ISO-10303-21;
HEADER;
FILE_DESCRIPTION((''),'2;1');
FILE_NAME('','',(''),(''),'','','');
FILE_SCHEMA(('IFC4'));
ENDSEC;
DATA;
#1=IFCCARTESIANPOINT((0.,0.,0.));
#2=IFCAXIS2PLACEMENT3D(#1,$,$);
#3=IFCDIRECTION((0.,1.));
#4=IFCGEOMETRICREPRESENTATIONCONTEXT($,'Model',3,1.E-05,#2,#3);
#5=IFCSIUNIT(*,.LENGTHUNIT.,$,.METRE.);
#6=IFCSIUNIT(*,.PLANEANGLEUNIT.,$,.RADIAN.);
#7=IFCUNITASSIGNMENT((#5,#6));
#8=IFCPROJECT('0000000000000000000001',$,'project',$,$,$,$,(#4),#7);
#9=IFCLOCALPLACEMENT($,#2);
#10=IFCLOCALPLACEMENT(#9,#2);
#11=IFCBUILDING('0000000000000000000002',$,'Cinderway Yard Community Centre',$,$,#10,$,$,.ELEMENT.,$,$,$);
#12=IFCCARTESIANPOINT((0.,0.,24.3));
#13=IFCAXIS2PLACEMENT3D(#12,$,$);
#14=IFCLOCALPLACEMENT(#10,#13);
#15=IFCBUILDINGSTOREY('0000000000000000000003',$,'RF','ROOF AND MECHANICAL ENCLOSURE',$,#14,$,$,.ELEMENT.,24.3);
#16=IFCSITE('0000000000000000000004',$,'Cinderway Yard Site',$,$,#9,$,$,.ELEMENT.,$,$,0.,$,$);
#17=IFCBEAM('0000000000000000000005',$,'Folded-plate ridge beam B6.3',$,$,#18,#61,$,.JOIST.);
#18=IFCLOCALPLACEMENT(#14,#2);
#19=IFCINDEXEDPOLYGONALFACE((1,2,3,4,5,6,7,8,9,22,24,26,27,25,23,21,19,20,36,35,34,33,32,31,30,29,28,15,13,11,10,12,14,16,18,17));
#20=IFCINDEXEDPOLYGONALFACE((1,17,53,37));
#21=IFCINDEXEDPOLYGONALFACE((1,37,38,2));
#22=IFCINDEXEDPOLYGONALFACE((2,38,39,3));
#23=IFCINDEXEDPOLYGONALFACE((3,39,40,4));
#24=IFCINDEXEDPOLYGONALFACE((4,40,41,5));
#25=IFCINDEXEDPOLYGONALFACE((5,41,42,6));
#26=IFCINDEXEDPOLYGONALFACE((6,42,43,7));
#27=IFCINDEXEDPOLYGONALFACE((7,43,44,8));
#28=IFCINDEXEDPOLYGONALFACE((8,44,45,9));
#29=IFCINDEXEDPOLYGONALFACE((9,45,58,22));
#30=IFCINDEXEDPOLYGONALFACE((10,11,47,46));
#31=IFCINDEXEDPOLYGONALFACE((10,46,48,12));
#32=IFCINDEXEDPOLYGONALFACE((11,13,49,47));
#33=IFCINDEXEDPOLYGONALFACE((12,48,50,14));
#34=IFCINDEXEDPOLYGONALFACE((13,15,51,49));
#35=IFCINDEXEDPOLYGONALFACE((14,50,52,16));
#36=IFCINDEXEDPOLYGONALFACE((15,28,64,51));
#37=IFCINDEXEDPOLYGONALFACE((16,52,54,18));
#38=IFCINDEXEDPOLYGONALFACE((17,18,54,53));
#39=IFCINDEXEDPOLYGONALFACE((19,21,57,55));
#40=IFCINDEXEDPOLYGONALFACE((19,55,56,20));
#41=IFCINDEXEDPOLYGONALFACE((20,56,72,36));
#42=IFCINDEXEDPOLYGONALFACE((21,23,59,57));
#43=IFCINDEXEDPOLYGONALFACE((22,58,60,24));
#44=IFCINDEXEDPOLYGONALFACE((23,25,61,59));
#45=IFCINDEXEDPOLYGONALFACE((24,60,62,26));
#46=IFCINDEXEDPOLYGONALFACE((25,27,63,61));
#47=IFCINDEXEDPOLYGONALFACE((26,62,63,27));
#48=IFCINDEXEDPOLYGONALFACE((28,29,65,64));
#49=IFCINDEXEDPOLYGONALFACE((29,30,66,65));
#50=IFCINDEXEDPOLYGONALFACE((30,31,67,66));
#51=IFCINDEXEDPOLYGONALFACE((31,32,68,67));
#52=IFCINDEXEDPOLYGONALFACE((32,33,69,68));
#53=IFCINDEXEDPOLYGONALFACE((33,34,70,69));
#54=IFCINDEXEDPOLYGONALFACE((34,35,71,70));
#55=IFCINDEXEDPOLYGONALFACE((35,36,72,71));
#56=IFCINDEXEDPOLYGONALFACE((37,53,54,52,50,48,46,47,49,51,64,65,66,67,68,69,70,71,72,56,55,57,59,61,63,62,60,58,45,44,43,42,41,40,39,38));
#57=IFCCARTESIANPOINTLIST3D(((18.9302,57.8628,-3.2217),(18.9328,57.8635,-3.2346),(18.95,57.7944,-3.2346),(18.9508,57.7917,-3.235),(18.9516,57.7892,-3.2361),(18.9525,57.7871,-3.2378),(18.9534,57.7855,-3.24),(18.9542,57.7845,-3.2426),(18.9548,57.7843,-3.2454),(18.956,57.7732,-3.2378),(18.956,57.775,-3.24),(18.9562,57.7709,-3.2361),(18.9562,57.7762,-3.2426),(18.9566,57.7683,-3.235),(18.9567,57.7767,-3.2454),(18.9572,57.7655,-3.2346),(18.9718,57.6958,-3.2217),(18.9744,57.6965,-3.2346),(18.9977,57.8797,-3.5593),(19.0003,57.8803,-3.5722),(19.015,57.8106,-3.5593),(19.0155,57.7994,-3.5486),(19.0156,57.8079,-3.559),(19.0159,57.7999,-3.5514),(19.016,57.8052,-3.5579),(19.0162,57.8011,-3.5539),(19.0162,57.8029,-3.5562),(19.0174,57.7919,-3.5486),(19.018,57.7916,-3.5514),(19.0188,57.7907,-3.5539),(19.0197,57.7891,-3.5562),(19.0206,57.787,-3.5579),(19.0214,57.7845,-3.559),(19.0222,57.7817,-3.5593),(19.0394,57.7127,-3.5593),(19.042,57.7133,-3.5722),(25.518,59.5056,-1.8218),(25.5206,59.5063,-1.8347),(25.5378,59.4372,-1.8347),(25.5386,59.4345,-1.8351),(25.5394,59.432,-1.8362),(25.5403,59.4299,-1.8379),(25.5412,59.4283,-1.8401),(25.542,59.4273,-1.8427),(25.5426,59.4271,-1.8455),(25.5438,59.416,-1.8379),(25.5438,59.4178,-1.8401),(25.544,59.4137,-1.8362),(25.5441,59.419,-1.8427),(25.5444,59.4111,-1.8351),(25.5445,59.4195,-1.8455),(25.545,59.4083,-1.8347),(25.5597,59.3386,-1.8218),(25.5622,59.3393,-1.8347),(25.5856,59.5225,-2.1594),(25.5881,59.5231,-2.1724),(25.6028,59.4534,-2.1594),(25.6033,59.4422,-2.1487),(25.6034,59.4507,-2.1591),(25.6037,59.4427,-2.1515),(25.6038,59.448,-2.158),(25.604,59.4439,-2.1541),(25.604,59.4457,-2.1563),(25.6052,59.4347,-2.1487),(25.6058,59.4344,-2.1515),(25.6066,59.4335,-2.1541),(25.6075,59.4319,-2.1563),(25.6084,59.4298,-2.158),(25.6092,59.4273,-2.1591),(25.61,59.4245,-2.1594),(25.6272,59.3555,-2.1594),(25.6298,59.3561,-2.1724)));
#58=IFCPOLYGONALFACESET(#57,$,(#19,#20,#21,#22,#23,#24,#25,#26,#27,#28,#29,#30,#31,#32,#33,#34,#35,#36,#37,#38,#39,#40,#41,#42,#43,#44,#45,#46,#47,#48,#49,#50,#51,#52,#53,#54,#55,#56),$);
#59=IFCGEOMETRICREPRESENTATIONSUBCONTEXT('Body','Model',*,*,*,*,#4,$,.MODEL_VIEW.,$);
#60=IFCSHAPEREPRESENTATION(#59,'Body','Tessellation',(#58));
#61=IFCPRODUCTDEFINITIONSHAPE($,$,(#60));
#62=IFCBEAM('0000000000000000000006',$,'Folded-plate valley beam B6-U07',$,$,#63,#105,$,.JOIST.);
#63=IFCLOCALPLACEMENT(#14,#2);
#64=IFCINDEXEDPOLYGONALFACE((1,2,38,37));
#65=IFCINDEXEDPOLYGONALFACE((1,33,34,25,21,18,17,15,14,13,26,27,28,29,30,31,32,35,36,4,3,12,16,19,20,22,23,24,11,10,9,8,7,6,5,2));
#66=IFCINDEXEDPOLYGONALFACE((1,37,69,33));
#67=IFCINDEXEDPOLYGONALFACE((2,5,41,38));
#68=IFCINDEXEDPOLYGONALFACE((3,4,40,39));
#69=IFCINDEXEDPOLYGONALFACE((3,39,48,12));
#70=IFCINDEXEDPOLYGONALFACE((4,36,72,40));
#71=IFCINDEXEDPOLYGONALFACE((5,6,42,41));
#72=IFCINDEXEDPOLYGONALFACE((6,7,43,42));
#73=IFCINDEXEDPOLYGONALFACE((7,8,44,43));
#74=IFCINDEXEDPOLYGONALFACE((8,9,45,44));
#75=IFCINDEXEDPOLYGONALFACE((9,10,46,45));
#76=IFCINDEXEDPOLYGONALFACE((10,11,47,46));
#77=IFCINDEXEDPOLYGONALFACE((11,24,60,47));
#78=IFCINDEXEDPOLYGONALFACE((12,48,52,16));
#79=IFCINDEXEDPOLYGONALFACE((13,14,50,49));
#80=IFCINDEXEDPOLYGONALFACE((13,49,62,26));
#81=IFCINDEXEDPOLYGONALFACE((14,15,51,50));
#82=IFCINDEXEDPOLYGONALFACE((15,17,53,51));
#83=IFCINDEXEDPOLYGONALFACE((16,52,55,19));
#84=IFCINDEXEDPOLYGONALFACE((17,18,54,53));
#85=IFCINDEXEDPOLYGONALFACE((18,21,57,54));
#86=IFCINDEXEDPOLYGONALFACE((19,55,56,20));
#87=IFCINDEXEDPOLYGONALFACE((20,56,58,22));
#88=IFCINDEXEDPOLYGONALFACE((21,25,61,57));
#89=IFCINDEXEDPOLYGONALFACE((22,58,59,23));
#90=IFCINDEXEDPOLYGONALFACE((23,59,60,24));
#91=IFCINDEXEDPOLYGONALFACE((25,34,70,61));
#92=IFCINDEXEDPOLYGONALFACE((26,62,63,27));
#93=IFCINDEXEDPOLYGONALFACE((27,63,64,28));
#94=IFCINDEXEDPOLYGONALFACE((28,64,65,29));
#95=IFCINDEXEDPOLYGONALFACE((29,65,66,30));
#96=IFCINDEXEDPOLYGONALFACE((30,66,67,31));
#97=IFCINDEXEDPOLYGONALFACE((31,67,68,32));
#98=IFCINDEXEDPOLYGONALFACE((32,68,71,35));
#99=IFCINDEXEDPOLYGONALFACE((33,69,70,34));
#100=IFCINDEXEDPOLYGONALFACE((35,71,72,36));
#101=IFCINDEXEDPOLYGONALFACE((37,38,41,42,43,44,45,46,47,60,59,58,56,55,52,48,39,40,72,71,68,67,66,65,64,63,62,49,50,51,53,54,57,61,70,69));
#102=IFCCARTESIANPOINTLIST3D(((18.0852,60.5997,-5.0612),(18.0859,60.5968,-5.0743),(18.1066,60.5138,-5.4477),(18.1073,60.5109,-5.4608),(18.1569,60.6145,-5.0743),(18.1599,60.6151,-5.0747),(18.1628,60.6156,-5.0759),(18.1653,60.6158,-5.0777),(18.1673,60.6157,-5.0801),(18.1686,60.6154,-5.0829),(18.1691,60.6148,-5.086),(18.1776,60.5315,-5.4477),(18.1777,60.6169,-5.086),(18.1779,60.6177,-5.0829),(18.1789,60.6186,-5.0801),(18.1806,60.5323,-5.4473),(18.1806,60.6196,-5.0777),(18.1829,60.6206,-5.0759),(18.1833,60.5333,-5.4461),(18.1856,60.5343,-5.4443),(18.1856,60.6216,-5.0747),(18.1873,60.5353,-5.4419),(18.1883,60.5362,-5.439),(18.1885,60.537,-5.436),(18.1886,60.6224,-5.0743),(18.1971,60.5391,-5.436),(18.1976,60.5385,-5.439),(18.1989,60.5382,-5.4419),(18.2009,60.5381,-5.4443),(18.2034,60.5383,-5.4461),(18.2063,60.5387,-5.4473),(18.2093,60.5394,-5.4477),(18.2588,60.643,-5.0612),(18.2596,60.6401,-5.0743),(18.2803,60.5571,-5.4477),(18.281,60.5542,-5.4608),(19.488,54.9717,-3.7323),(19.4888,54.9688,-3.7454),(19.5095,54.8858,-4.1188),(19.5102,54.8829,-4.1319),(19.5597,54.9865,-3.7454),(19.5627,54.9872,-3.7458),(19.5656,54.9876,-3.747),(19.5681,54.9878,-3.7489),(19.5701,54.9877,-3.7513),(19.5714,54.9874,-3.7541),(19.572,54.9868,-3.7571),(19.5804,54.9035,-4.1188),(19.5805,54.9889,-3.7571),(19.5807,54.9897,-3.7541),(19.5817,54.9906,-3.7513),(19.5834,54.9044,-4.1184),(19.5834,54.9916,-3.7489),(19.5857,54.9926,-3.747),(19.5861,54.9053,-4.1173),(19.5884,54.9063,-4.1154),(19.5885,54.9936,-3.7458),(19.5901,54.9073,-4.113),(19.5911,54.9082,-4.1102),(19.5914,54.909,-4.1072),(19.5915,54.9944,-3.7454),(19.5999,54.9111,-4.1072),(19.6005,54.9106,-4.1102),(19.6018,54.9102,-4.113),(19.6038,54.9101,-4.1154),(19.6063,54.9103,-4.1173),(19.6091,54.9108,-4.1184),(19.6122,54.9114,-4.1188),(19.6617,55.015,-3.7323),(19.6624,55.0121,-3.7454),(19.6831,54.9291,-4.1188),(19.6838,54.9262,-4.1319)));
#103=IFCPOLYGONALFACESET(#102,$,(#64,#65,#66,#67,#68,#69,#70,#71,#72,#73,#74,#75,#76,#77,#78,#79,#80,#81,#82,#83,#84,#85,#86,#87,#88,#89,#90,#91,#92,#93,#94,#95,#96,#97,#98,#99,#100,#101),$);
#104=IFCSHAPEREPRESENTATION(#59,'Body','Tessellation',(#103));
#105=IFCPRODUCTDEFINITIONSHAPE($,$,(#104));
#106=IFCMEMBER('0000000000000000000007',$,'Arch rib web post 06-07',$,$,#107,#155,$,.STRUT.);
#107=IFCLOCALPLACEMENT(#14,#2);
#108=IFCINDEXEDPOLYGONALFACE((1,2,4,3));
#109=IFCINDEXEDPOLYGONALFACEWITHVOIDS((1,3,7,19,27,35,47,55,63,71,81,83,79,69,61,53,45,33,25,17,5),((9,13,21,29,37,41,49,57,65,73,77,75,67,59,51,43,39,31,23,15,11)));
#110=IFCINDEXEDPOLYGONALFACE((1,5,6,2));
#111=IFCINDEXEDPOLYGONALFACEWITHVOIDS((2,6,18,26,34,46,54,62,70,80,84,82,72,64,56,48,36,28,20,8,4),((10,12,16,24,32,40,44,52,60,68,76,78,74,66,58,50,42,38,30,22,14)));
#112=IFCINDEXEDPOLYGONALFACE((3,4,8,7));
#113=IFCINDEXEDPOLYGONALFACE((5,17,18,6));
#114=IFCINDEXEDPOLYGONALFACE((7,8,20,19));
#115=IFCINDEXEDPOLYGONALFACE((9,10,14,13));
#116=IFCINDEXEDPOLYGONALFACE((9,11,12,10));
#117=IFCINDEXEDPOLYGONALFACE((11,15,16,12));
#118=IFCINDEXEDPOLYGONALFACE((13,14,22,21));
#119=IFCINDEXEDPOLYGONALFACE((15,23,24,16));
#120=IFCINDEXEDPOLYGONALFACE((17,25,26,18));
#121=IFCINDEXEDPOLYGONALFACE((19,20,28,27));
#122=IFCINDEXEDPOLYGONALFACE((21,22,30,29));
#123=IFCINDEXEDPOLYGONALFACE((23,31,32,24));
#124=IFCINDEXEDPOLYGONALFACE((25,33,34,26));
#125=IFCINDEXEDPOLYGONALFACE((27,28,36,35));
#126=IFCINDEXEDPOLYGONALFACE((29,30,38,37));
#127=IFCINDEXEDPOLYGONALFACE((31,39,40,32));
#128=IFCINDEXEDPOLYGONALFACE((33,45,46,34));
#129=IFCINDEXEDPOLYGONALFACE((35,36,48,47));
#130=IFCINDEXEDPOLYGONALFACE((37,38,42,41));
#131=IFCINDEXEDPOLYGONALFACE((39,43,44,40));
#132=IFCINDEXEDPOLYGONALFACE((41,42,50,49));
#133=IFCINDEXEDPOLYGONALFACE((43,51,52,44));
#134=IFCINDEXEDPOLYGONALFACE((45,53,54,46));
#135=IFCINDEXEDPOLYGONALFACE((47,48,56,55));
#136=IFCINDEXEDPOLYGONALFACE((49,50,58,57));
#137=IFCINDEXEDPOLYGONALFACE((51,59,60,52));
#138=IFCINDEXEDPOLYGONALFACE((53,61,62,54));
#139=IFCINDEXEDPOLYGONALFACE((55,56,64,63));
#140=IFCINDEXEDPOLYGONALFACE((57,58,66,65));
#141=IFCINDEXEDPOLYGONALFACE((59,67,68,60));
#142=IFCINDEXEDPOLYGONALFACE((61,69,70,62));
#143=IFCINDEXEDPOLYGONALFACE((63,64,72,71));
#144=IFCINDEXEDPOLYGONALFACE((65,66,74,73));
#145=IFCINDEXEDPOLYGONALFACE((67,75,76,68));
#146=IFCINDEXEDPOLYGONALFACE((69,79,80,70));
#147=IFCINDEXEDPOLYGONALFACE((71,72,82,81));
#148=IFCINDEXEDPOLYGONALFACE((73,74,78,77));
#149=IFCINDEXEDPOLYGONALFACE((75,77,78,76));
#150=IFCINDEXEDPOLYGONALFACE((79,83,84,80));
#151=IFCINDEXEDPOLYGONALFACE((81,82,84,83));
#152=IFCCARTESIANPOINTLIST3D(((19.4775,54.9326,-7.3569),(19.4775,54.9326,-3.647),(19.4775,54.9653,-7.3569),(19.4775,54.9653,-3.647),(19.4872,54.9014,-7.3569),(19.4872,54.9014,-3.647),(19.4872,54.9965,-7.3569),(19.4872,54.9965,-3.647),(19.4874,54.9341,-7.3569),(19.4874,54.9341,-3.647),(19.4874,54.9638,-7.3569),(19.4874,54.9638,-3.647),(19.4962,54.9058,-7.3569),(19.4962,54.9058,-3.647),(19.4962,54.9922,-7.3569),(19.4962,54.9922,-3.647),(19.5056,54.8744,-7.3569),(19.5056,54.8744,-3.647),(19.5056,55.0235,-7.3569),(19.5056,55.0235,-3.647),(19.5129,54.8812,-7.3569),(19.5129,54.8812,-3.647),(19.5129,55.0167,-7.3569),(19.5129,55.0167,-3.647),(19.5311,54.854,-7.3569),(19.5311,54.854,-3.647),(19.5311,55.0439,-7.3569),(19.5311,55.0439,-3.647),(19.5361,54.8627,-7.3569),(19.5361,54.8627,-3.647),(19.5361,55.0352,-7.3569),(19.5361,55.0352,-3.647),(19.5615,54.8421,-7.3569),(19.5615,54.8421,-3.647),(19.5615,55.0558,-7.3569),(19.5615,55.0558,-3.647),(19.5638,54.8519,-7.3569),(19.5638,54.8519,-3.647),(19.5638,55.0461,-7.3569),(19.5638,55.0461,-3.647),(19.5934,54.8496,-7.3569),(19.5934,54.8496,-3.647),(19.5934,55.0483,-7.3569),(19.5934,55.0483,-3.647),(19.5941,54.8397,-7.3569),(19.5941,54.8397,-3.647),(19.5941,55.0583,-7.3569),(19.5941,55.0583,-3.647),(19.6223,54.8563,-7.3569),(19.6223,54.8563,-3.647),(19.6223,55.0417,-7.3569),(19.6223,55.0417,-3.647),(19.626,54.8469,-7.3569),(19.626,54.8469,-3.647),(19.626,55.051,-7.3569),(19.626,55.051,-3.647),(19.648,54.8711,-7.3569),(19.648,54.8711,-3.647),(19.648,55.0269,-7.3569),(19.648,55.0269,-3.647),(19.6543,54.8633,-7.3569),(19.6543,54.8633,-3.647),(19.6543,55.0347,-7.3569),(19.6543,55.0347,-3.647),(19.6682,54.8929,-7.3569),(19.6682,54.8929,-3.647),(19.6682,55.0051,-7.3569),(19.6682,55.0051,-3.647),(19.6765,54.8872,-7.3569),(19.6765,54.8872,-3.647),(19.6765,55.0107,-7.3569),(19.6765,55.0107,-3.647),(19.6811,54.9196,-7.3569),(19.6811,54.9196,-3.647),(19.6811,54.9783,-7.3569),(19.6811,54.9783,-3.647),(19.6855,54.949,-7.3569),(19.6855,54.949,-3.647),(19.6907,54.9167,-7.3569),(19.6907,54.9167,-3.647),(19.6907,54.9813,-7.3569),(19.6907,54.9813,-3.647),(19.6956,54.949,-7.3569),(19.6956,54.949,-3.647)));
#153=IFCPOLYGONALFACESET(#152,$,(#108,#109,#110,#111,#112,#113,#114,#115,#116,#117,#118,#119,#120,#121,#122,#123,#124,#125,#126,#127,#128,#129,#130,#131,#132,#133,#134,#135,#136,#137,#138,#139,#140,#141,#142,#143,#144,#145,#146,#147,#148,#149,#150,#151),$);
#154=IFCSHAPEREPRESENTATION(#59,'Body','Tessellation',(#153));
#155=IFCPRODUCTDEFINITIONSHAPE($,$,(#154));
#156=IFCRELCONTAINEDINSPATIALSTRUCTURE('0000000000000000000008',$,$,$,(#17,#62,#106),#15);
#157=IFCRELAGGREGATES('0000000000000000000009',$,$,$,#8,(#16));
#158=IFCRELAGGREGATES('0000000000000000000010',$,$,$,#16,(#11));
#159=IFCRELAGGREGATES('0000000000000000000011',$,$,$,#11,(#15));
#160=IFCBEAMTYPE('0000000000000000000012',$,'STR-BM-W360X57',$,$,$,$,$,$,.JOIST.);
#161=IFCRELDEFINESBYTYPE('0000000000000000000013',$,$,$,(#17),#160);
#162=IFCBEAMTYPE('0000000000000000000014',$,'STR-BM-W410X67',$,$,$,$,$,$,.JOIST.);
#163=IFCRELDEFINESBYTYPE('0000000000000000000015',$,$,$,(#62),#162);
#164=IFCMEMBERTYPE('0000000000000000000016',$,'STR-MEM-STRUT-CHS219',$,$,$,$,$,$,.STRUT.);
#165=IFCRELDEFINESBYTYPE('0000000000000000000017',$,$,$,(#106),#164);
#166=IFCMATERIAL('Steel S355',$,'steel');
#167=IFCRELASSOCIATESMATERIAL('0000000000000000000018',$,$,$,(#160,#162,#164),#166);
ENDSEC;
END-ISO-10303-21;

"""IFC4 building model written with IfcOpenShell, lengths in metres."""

from ifc_helpers import new_model, si_unit, direction, frame, origin, origin_2d, place, context, subcontext, project, spatial, hollow_circle, i_section, extrude, material, material_profile, profile_set, type_object, element, save


model = new_model("IFC4")

# Units and contexts
model_context = context("Model", 3, precision=1e-05, world=origin(), true_north=direction((0.0, 1.0)))
body_context = subcontext(model_context, "Body", "Model", "MODEL_VIEW")
ifc_project = project(units=[si_unit("LENGTHUNIT", "METRE"), si_unit("PLANEANGLEUNIT", "RADIAN")], contexts=[model_context])

# Site, building, storey
site_placement = place(None, origin())
site = spatial("IfcSite", under=ifc_project, at=site_placement, Name="Cinderway Yard Site", CompositionType="ELEMENT", RefElevation=0.0)
building_placement = place(site_placement, origin())
building = spatial("IfcBuilding", under=site, at=building_placement, Name="Cinderway Yard Community Centre", CompositionType="ELEMENT")
storey_placement = place(building_placement, frame((0.0, 0.0, 24.3)))
storey = spatial("IfcBuildingStorey", under=building, at=storey_placement, Name="RF", Description="ROOF AND MECHANICAL ENCLOSURE", CompositionType="ELEMENT", Elevation=24.3)

# Beams
ifc_material_1 = material(Name="Steel S355", Category="steel")
ifc_material_profile_1 = material_profile(ifc_material_1, i_section(OverallWidth=0.1721, OverallDepth=0.3579, WebThickness=0.0078, FlangeThickness=0.0132, FilletRadius=0.011, at=origin_2d()), Name="Steel S355")
ifc_profile_set_1 = profile_set([ifc_material_profile_1], Name="Steel S355")
beam_type_1 = type_object("IfcBeamType", Name="STR-BM-W360X57", PredefinedType="JOIST", material=ifc_profile_set_1)
beam_1_placement = place(storey_placement, frame((18.9861, 57.7881, -3.397), z_axis=(0.950297, 0.236976, 0.201935), x_axis=(-0.24196, 0.970286, 0.0)))
element("IfcBeam", 1, at=beam_1_placement, inside=storey, type_object=beam_type_1, Name="Folded-plate ridge beam B6.3", PredefinedType="JOIST", context=body_context, shape_type="SweptSolid", body=[
    extrude(i_section(OverallWidth=0.1721, OverallDepth=0.3579, WebThickness=0.0078, FlangeThickness=0.0132, FilletRadius=0.011, at=origin_2d()), origin(), (0.0, 0.0, 1.0), 6.9324),
])
ifc_material_profile_2 = material_profile(ifc_material_1, i_section(OverallWidth=0.179, OverallDepth=0.4099, WebThickness=0.0088, FlangeThickness=0.0134, FilletRadius=0.012, at=origin_2d()), Name="Steel S355")
ifc_profile_set_2 = profile_set([ifc_material_profile_2], Name="Steel S355")
beam_type_2 = type_object("IfcBeamType", Name="STR-BM-W410X67", PredefinedType="JOIST", material=ifc_profile_set_2)
beam_2_placement = place(storey_placement, frame((19.5859, 54.949, -3.9321), z_axis=(-0.235754, 0.945805, -0.223322), x_axis=(-0.970311, -0.241862, 0.0)))
element("IfcBeam", 2, at=beam_2_placement, inside=storey, type_object=beam_type_2, Name="Folded-plate valley beam B6-U07", PredefinedType="JOIST", context=body_context, shape_type="SweptSolid", body=[
    extrude(i_section(OverallWidth=0.179, OverallDepth=0.4099, WebThickness=0.0088, FlangeThickness=0.0134, FilletRadius=0.012, at=origin_2d()), origin(), (0.0, 0.0, 1.0), 5.9504),
])

# Member
ifc_material_profile_3 = material_profile(ifc_material_1, hollow_circle(Radius=0.1096, WallThickness=0.01, at=origin_2d()), Name="Steel S355")
ifc_profile_set_3 = profile_set([ifc_material_profile_3], Name="Steel S355")
member_type_1 = type_object("IfcMemberType", Name="STR-MEM-STRUT-CHS219", PredefinedType="STRUT", material=ifc_profile_set_3)
member_1_placement = place(storey_placement, frame((19.5859, 54.949, -7.3569), z_axis=(0.0, 0.0, 1.0), x_axis=(1.0, 0.0, 0.0)))
element("IfcMember", 3, at=member_1_placement, inside=storey, type_object=member_type_1, Name="Arch rib web post 06-07", PredefinedType="STRUT", context=body_context, shape_type="SweptSolid", body=[
    extrude(hollow_circle(Radius=0.1096, WallThickness=0.01, at=origin_2d()), origin(), (0.0, 0.0, 1.0), 3.71),
])

save(model, "model.ifc")
